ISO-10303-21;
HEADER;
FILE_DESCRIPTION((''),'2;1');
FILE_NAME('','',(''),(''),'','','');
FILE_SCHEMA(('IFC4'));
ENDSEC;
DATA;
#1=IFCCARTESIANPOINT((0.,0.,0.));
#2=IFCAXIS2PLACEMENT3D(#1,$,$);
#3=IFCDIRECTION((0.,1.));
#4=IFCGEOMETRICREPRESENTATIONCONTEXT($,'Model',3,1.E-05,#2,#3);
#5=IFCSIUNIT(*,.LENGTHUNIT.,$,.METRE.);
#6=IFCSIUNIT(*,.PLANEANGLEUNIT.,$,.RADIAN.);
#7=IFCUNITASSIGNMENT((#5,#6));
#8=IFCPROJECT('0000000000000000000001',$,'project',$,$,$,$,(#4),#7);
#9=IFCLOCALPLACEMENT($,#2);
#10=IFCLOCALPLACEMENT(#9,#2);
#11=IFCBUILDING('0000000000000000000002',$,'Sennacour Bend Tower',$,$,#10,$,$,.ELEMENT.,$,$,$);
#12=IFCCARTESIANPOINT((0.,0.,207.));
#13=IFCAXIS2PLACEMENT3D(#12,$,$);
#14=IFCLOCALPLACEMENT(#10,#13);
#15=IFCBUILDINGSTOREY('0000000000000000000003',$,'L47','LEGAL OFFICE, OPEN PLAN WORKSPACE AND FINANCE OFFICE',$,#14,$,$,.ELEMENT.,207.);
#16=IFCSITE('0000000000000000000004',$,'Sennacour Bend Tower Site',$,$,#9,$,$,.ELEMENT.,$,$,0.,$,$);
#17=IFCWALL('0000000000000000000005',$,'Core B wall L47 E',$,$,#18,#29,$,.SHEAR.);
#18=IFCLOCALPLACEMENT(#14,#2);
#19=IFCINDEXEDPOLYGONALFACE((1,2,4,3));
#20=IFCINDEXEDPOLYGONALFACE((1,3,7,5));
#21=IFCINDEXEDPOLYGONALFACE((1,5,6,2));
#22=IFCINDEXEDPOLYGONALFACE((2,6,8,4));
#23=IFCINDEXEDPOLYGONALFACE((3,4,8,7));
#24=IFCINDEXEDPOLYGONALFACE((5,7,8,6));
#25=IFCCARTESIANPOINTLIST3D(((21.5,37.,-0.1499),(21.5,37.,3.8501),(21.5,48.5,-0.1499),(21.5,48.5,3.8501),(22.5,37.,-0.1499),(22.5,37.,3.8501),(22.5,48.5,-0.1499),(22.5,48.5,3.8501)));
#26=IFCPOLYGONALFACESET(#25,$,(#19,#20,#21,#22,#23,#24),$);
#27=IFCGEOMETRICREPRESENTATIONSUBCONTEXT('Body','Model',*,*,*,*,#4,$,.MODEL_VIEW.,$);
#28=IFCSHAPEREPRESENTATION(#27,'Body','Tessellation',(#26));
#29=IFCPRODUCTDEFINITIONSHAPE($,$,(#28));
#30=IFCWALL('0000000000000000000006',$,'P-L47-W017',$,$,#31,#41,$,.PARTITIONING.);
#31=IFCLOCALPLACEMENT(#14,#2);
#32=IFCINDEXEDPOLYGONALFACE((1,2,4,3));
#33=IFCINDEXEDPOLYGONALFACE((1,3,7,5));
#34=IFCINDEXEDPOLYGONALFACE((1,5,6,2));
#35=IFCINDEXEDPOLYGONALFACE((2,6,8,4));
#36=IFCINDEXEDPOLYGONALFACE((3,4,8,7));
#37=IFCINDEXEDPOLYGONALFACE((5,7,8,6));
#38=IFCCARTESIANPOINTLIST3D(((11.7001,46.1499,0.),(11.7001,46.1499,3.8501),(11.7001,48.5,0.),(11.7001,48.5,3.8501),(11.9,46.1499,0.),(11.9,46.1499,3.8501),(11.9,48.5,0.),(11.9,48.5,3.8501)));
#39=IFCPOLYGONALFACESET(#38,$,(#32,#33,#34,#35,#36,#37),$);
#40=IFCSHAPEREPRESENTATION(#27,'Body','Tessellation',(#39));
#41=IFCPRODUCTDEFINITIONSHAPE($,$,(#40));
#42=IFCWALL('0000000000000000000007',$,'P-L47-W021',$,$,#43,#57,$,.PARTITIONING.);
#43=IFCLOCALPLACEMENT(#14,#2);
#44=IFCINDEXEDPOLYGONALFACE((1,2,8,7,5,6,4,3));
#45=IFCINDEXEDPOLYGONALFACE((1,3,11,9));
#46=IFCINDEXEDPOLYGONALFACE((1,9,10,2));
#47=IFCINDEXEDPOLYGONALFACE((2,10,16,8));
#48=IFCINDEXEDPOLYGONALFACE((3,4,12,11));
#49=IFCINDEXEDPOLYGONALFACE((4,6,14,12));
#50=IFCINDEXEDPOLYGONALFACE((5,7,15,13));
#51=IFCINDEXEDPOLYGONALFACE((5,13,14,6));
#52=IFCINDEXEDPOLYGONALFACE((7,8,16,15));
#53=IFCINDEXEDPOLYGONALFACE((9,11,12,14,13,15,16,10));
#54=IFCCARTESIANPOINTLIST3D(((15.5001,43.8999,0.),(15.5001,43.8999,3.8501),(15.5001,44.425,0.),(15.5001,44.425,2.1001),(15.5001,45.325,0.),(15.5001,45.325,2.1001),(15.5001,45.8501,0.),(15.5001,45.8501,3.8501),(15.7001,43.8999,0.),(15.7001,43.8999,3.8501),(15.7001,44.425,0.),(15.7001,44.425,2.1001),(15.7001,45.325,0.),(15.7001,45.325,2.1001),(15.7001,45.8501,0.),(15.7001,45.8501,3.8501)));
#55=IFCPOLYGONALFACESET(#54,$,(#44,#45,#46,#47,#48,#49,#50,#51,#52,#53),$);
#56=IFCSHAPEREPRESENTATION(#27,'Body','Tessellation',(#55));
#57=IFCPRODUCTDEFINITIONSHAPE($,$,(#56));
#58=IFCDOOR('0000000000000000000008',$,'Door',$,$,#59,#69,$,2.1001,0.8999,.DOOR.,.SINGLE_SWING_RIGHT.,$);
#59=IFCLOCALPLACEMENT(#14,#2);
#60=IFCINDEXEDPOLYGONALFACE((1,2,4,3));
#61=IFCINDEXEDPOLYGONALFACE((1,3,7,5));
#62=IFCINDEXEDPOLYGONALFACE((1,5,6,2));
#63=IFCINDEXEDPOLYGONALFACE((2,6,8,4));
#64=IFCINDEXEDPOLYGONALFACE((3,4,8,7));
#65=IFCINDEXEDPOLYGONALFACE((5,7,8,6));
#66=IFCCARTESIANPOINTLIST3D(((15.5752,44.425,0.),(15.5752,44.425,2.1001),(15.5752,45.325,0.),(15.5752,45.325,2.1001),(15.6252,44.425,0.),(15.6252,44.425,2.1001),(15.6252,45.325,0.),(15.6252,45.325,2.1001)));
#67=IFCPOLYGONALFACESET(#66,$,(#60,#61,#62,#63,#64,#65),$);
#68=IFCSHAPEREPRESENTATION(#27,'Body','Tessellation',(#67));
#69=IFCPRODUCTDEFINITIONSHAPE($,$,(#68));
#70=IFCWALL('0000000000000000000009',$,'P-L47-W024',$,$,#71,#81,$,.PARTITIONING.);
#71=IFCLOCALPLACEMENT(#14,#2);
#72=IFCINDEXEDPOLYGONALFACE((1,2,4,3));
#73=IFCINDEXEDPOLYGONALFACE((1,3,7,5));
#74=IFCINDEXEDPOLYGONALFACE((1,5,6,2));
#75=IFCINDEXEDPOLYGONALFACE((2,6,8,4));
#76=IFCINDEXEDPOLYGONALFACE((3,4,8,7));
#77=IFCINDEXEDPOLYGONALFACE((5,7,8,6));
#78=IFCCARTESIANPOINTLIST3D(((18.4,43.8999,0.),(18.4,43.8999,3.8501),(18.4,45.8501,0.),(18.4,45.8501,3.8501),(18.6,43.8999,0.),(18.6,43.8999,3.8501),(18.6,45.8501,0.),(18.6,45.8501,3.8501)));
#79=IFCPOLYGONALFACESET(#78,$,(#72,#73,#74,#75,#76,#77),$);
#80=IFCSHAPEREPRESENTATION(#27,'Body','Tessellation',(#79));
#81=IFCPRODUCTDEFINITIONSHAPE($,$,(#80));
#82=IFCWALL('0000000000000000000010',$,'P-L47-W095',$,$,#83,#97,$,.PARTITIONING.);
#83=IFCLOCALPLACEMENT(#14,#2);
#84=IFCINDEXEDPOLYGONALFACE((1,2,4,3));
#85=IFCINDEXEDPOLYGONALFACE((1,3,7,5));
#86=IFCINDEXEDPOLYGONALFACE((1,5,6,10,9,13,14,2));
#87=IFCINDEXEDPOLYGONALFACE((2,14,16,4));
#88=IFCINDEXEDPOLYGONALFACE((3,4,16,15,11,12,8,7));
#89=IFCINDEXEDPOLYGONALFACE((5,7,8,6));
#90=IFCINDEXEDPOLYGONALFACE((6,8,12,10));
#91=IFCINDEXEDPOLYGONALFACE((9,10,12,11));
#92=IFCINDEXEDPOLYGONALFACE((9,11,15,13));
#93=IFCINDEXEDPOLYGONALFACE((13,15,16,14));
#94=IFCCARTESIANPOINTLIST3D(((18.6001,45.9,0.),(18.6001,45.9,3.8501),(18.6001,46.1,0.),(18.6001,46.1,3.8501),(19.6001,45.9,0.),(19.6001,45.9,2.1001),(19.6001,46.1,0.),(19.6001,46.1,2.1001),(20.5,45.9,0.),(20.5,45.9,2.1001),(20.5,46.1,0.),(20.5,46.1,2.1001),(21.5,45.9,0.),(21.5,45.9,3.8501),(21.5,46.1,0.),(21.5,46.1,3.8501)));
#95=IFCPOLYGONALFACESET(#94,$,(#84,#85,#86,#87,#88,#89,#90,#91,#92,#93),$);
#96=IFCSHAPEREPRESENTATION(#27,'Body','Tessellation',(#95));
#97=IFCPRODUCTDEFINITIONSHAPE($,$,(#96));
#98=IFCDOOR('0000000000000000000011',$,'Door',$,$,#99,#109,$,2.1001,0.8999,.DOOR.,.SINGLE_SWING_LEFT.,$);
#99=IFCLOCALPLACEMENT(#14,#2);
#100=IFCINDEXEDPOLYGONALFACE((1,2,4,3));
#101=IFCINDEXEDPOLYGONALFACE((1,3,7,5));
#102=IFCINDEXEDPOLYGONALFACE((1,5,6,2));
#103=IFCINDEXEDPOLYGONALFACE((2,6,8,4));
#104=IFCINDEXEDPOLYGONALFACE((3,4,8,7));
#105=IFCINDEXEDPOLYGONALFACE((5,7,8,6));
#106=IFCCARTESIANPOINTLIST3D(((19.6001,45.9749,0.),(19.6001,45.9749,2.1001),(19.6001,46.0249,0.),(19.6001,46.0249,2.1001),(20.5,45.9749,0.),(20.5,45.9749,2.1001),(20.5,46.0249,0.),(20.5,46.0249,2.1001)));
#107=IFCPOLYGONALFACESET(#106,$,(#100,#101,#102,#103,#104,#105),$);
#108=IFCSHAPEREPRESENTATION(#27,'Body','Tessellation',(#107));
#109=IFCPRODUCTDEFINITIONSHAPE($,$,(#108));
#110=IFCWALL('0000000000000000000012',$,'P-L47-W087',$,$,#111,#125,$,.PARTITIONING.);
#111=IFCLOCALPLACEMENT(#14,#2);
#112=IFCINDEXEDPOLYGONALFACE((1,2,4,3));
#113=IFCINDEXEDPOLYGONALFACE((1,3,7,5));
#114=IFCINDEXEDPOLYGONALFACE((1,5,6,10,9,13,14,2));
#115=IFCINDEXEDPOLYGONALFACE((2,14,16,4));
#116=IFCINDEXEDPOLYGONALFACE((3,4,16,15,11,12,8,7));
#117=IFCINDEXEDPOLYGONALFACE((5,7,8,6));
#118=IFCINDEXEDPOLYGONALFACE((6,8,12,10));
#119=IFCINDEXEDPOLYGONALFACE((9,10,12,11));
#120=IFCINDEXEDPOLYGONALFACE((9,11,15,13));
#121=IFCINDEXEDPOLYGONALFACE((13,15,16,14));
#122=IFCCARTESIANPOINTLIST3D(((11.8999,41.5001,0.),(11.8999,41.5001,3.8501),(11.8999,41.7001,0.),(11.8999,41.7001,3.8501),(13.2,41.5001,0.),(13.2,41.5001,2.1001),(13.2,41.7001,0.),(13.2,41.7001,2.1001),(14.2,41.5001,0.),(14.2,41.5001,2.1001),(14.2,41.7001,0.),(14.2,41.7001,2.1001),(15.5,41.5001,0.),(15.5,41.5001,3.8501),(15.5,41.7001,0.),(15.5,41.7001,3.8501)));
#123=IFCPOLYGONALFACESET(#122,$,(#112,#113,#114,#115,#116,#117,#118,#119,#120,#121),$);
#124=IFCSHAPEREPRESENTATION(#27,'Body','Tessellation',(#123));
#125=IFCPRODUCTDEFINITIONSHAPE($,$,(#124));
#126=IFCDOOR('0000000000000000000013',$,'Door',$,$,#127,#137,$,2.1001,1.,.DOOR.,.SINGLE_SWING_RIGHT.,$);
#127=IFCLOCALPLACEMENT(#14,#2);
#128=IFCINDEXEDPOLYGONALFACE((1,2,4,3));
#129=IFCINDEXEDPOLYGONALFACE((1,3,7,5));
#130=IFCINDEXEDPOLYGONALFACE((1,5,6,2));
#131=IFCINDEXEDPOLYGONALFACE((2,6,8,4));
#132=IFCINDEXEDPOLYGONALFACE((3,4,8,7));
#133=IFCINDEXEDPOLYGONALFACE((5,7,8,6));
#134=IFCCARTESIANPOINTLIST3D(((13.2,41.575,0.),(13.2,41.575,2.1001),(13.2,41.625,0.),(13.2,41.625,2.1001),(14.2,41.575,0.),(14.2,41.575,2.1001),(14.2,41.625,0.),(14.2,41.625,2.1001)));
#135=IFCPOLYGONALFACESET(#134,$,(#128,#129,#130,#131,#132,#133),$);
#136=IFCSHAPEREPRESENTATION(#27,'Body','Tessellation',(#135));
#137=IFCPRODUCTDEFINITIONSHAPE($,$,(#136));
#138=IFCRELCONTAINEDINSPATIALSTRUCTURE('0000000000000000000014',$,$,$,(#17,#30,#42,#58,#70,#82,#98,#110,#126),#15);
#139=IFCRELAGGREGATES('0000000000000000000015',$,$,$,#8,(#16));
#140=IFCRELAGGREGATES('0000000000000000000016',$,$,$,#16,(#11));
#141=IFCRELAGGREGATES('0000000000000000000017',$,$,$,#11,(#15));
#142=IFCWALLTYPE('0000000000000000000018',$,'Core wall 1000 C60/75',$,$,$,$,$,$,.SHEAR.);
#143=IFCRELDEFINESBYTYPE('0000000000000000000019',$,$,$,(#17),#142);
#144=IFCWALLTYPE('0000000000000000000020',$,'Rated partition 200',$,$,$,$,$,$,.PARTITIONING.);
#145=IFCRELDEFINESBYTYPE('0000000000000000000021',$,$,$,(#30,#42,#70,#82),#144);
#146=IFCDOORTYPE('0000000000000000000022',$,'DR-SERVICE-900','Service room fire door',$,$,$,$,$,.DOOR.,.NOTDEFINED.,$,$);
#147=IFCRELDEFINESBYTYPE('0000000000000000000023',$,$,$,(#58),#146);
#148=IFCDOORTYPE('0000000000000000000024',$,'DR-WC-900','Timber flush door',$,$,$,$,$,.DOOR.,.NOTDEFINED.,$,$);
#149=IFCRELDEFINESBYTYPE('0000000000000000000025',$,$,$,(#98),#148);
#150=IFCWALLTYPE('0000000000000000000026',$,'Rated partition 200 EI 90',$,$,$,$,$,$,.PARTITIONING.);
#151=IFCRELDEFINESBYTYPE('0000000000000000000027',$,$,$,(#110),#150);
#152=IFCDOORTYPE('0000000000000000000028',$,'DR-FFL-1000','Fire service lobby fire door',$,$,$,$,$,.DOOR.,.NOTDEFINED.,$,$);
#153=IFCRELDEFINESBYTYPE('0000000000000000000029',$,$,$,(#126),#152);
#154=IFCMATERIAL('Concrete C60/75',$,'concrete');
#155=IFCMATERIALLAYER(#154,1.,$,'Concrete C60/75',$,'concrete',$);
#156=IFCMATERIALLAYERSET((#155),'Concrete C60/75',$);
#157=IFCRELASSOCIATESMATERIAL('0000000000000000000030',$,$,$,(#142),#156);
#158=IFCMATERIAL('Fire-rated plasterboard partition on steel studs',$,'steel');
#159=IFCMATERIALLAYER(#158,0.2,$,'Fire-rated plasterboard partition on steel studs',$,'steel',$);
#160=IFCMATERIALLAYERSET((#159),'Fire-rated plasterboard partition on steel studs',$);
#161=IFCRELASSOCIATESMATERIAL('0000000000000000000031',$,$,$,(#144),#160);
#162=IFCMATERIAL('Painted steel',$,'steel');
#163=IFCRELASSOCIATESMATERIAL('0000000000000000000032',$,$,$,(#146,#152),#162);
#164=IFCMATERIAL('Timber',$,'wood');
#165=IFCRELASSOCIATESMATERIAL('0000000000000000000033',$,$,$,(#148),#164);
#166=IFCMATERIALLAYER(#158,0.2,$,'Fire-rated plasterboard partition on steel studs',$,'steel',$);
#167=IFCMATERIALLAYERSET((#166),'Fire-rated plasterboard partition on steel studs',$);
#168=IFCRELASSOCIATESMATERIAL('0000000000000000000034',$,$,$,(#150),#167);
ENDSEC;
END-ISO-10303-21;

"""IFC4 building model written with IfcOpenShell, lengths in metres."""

from ifc_helpers import new_model, si_unit, direction, frame, frame_2d, origin, place, context, subcontext, project, spatial, rectangle, extrude, material, layer, layer_set, type_object, element, fill, save


model = new_model("IFC4")

# Units and contexts
model_context = context("Model", 3, precision=1e-05, world=origin(), true_north=direction((0.0, 1.0)))
body_context = subcontext(model_context, "Body", "Model", "MODEL_VIEW")
ifc_project = project(units=[si_unit("LENGTHUNIT", "METRE"), si_unit("PLANEANGLEUNIT", "RADIAN")], contexts=[model_context])

# Site, building, storey
site_placement = place(None, origin())
site = spatial("IfcSite", under=ifc_project, at=site_placement, Name="Sennacour Bend Tower Site", CompositionType="ELEMENT", RefElevation=0.0)
building_placement = place(site_placement, origin())
building = spatial("IfcBuilding", under=site, at=building_placement, Name="Sennacour Bend Tower", CompositionType="ELEMENT")
storey_placement = place(building_placement, frame((0.0, 0.0, 207.0)))
storey = spatial("IfcBuildingStorey", under=building, at=storey_placement, Name="L47", Description="LEGAL OFFICE, OPEN PLAN WORKSPACE AND FINANCE OFFICE", CompositionType="ELEMENT", Elevation=207.0)

# Walls
ifc_material_1 = material(Name="Concrete C60/75", Category="concrete")
ifc_layer_1 = layer(ifc_material_1, 1.0, Name="Concrete C60/75", Category="concrete")
ifc_layer_set_1 = layer_set([ifc_layer_1], Name="Concrete C60/75")
wall_type_1 = type_object("IfcWallType", Name="Core wall 1000 C60/75", PredefinedType="SHEAR", material=ifc_layer_set_1)
wall_1_placement = place(storey_placement, frame((22.0, 37.0, -0.1499), z_axis=(0.0, 0.0, 1.0), x_axis=(0.0, 1.0, 0.0)))
element("IfcWall", 1, at=wall_1_placement, inside=storey, type_object=wall_type_1, Name="Core B wall L47 E", PredefinedType="SHEAR", context=body_context, shape_type="SweptSolid", body=[
    extrude(rectangle(XDim=11.5, YDim=1.0, at=frame_2d((5.75, 0.0))), origin(), (0.0, 0.0, 1.0), 4.0),
])
ifc_material_2 = material(Name="Fire-rated plasterboard partition on steel studs", Category="steel")
ifc_layer_2 = layer(ifc_material_2, 0.2, Name="Fire-rated plasterboard partition on steel studs", Category="steel")
ifc_layer_set_2 = layer_set([ifc_layer_2], Name="Fire-rated plasterboard partition on steel studs")
wall_type_2 = type_object("IfcWallType", Name="Rated partition 200", PredefinedType="PARTITIONING", material=ifc_layer_set_2)
wall_2_placement = place(storey_placement, frame((11.8, 46.1499, 0.0), z_axis=(0.0, 0.0, 1.0), x_axis=(0.0, 1.0, 0.0)))
element("IfcWall", 2, at=wall_2_placement, inside=storey, type_object=wall_type_2, Name="P-L47-W017", PredefinedType="PARTITIONING", context=body_context, shape_type="SweptSolid", body=[
    extrude(rectangle(XDim=2.3501, YDim=0.2, at=frame_2d((1.175, 0.0))), origin(), (0.0, 0.0, 1.0), 3.8501),
])

# Wall, opening, door
wall_3_placement = place(storey_placement, frame((15.6001, 43.8999, 0.0), z_axis=(0.0, 0.0, 1.0), x_axis=(0.0, 1.0, 0.0)))
wall_3 = element("IfcWall", 3, at=wall_3_placement, inside=storey, type_object=wall_type_2, Name="P-L47-W021", PredefinedType="PARTITIONING", context=body_context, shape_type="SweptSolid", body=[
    extrude(rectangle(XDim=1.9502, YDim=0.2, at=frame_2d((0.9751, 0.0))), origin(), (0.0, 0.0, 1.0), 3.8501),
])
opening_1_placement = place(wall_3_placement, frame((0.5251, 0.0, 0.0)))
opening_1 = element("IfcOpeningElement", 4, at=opening_1_placement, cuts=wall_3, PredefinedType="OPENING", context=body_context, shape_type="SweptSolid", body=[
    extrude(rectangle(XDim=0.8999, YDim=2.1001, at=frame_2d((0.45, 1.05))), frame((0.0, 0.1099, 0.0), z_axis=(0.0, -1.0, 0.0), x_axis=(1.0, 0.0, 0.0)), (0.0, 0.0, 1.0), 0.22),
])
ifc_material_3 = material(Name="Painted steel", Category="steel")
door_type_1 = type_object("IfcDoorType", Name="DR-SERVICE-900", Description="Service room fire door", OperationType="NOTDEFINED", PredefinedType="DOOR", material=ifc_material_3)
door_1_placement = place(opening_1_placement, origin())
door_1 = element("IfcDoor", 5, at=door_1_placement, inside=storey, type_object=door_type_1, Name="Door", OperationType="SINGLE_SWING_RIGHT", OverallHeight=2.1001, OverallWidth=0.8999, PredefinedType="DOOR", context=body_context, shape_type="SweptSolid", body=[
    extrude(rectangle(XDim=0.8999, YDim=2.1001, at=frame_2d((0.45, 1.05))), frame((0.0, 0.0249, 0.0), z_axis=(0.0, -1.0, 0.0), x_axis=(1.0, 0.0, 0.0)), (0.0, 0.0, 1.0), 0.05),
])
fill(opening_1, door_1)

# Wall
wall_4_placement = place(storey_placement, frame((18.5, 43.8999, 0.0), z_axis=(0.0, 0.0, 1.0), x_axis=(0.0, 1.0, 0.0)))
element("IfcWall", 6, at=wall_4_placement, inside=storey, type_object=wall_type_2, Name="P-L47-W024", PredefinedType="PARTITIONING", context=body_context, shape_type="SweptSolid", body=[
    extrude(rectangle(XDim=1.9502, YDim=0.2, at=frame_2d((0.9751, 0.0))), origin(), (0.0, 0.0, 1.0), 3.8501),
])

# Walls, openings, doors
wall_5_placement = place(storey_placement, frame((18.6001, 46.0, 0.0), z_axis=(0.0, 0.0, 1.0), x_axis=(1.0, 0.0, 0.0)))
wall_5 = element("IfcWall", 7, at=wall_5_placement, inside=storey, type_object=wall_type_2, Name="P-L47-W095", PredefinedType="PARTITIONING", context=body_context, shape_type="SweptSolid", body=[
    extrude(rectangle(XDim=2.8999, YDim=0.2, at=frame_2d((1.45, 0.0))), origin(), (0.0, 0.0, 1.0), 3.8501),
])
opening_2_placement = place(wall_5_placement, frame((1.0, 0.0, 0.0)))
opening_2 = element("IfcOpeningElement", 8, at=opening_2_placement, cuts=wall_5, PredefinedType="OPENING", context=body_context, shape_type="SweptSolid", body=[
    extrude(rectangle(XDim=0.8999, YDim=2.1001, at=frame_2d((0.45, 1.05))), frame((0.0, 0.1099, 0.0), z_axis=(0.0, -1.0, 0.0), x_axis=(1.0, 0.0, 0.0)), (0.0, 0.0, 1.0), 0.22),
])
ifc_material_4 = material(Name="Timber", Category="wood")
door_type_2 = type_object("IfcDoorType", Name="DR-WC-900", Description="Timber flush door", OperationType="NOTDEFINED", PredefinedType="DOOR", material=ifc_material_4)
door_2_placement = place(opening_2_placement, origin())
door_2 = element("IfcDoor", 9, at=door_2_placement, inside=storey, type_object=door_type_2, Name="Door", OperationType="SINGLE_SWING_LEFT", OverallHeight=2.1001, OverallWidth=0.8999, PredefinedType="DOOR", context=body_context, shape_type="SweptSolid", body=[
    extrude(rectangle(XDim=0.8999, YDim=2.1001, at=frame_2d((0.45, 1.05))), frame((0.0, 0.0249, 0.0), z_axis=(0.0, -1.0, 0.0), x_axis=(1.0, 0.0, 0.0)), (0.0, 0.0, 1.0), 0.05),
])
fill(opening_2, door_2)
ifc_layer_3 = layer(ifc_material_2, 0.2, Name="Fire-rated plasterboard partition on steel studs", Category="steel")
ifc_layer_set_3 = layer_set([ifc_layer_3], Name="Fire-rated plasterboard partition on steel studs")
wall_type_3 = type_object("IfcWallType", Name="Rated partition 200 EI 90", PredefinedType="PARTITIONING", material=ifc_layer_set_3)
wall_6_placement = place(storey_placement, frame((11.8999, 41.6001, 0.0), z_axis=(0.0, 0.0, 1.0), x_axis=(1.0, 0.0, 0.0)))
wall_6 = element("IfcWall", 10, at=wall_6_placement, inside=storey, type_object=wall_type_3, Name="P-L47-W087", PredefinedType="PARTITIONING", context=body_context, shape_type="SweptSolid", body=[
    extrude(rectangle(XDim=3.6001, YDim=0.2, at=frame_2d((1.8, 0.0))), origin(), (0.0, 0.0, 1.0), 3.8501),
])
opening_3_placement = place(wall_6_placement, frame((1.3, 0.0, 0.0)))
opening_3 = element("IfcOpeningElement", 11, at=opening_3_placement, cuts=wall_6, PredefinedType="OPENING", context=body_context, shape_type="SweptSolid", body=[
    extrude(rectangle(XDim=1.0, YDim=2.1001, at=frame_2d((0.5, 1.05))), frame((0.0, 0.1099, 0.0), z_axis=(0.0, -1.0, 0.0), x_axis=(1.0, 0.0, 0.0)), (0.0, 0.0, 1.0), 0.22),
])
door_type_3 = type_object("IfcDoorType", Name="DR-FFL-1000", Description="Fire service lobby fire door", OperationType="NOTDEFINED", PredefinedType="DOOR", material=ifc_material_3)
door_3_placement = place(opening_3_placement, origin())
door_3 = element("IfcDoor", 12, at=door_3_placement, inside=storey, type_object=door_type_3, Name="Door", OperationType="SINGLE_SWING_RIGHT", OverallHeight=2.1001, OverallWidth=1.0, PredefinedType="DOOR", context=body_context, shape_type="SweptSolid", body=[
    extrude(rectangle(XDim=1.0, YDim=2.1001, at=frame_2d((0.5, 1.05))), frame((0.0, 0.0249, 0.0), z_axis=(0.0, -1.0, 0.0), x_axis=(1.0, 0.0, 0.0)), (0.0, 0.0, 1.0), 0.05),
])
fill(opening_3, door_3)

save(model, "model.ifc")
